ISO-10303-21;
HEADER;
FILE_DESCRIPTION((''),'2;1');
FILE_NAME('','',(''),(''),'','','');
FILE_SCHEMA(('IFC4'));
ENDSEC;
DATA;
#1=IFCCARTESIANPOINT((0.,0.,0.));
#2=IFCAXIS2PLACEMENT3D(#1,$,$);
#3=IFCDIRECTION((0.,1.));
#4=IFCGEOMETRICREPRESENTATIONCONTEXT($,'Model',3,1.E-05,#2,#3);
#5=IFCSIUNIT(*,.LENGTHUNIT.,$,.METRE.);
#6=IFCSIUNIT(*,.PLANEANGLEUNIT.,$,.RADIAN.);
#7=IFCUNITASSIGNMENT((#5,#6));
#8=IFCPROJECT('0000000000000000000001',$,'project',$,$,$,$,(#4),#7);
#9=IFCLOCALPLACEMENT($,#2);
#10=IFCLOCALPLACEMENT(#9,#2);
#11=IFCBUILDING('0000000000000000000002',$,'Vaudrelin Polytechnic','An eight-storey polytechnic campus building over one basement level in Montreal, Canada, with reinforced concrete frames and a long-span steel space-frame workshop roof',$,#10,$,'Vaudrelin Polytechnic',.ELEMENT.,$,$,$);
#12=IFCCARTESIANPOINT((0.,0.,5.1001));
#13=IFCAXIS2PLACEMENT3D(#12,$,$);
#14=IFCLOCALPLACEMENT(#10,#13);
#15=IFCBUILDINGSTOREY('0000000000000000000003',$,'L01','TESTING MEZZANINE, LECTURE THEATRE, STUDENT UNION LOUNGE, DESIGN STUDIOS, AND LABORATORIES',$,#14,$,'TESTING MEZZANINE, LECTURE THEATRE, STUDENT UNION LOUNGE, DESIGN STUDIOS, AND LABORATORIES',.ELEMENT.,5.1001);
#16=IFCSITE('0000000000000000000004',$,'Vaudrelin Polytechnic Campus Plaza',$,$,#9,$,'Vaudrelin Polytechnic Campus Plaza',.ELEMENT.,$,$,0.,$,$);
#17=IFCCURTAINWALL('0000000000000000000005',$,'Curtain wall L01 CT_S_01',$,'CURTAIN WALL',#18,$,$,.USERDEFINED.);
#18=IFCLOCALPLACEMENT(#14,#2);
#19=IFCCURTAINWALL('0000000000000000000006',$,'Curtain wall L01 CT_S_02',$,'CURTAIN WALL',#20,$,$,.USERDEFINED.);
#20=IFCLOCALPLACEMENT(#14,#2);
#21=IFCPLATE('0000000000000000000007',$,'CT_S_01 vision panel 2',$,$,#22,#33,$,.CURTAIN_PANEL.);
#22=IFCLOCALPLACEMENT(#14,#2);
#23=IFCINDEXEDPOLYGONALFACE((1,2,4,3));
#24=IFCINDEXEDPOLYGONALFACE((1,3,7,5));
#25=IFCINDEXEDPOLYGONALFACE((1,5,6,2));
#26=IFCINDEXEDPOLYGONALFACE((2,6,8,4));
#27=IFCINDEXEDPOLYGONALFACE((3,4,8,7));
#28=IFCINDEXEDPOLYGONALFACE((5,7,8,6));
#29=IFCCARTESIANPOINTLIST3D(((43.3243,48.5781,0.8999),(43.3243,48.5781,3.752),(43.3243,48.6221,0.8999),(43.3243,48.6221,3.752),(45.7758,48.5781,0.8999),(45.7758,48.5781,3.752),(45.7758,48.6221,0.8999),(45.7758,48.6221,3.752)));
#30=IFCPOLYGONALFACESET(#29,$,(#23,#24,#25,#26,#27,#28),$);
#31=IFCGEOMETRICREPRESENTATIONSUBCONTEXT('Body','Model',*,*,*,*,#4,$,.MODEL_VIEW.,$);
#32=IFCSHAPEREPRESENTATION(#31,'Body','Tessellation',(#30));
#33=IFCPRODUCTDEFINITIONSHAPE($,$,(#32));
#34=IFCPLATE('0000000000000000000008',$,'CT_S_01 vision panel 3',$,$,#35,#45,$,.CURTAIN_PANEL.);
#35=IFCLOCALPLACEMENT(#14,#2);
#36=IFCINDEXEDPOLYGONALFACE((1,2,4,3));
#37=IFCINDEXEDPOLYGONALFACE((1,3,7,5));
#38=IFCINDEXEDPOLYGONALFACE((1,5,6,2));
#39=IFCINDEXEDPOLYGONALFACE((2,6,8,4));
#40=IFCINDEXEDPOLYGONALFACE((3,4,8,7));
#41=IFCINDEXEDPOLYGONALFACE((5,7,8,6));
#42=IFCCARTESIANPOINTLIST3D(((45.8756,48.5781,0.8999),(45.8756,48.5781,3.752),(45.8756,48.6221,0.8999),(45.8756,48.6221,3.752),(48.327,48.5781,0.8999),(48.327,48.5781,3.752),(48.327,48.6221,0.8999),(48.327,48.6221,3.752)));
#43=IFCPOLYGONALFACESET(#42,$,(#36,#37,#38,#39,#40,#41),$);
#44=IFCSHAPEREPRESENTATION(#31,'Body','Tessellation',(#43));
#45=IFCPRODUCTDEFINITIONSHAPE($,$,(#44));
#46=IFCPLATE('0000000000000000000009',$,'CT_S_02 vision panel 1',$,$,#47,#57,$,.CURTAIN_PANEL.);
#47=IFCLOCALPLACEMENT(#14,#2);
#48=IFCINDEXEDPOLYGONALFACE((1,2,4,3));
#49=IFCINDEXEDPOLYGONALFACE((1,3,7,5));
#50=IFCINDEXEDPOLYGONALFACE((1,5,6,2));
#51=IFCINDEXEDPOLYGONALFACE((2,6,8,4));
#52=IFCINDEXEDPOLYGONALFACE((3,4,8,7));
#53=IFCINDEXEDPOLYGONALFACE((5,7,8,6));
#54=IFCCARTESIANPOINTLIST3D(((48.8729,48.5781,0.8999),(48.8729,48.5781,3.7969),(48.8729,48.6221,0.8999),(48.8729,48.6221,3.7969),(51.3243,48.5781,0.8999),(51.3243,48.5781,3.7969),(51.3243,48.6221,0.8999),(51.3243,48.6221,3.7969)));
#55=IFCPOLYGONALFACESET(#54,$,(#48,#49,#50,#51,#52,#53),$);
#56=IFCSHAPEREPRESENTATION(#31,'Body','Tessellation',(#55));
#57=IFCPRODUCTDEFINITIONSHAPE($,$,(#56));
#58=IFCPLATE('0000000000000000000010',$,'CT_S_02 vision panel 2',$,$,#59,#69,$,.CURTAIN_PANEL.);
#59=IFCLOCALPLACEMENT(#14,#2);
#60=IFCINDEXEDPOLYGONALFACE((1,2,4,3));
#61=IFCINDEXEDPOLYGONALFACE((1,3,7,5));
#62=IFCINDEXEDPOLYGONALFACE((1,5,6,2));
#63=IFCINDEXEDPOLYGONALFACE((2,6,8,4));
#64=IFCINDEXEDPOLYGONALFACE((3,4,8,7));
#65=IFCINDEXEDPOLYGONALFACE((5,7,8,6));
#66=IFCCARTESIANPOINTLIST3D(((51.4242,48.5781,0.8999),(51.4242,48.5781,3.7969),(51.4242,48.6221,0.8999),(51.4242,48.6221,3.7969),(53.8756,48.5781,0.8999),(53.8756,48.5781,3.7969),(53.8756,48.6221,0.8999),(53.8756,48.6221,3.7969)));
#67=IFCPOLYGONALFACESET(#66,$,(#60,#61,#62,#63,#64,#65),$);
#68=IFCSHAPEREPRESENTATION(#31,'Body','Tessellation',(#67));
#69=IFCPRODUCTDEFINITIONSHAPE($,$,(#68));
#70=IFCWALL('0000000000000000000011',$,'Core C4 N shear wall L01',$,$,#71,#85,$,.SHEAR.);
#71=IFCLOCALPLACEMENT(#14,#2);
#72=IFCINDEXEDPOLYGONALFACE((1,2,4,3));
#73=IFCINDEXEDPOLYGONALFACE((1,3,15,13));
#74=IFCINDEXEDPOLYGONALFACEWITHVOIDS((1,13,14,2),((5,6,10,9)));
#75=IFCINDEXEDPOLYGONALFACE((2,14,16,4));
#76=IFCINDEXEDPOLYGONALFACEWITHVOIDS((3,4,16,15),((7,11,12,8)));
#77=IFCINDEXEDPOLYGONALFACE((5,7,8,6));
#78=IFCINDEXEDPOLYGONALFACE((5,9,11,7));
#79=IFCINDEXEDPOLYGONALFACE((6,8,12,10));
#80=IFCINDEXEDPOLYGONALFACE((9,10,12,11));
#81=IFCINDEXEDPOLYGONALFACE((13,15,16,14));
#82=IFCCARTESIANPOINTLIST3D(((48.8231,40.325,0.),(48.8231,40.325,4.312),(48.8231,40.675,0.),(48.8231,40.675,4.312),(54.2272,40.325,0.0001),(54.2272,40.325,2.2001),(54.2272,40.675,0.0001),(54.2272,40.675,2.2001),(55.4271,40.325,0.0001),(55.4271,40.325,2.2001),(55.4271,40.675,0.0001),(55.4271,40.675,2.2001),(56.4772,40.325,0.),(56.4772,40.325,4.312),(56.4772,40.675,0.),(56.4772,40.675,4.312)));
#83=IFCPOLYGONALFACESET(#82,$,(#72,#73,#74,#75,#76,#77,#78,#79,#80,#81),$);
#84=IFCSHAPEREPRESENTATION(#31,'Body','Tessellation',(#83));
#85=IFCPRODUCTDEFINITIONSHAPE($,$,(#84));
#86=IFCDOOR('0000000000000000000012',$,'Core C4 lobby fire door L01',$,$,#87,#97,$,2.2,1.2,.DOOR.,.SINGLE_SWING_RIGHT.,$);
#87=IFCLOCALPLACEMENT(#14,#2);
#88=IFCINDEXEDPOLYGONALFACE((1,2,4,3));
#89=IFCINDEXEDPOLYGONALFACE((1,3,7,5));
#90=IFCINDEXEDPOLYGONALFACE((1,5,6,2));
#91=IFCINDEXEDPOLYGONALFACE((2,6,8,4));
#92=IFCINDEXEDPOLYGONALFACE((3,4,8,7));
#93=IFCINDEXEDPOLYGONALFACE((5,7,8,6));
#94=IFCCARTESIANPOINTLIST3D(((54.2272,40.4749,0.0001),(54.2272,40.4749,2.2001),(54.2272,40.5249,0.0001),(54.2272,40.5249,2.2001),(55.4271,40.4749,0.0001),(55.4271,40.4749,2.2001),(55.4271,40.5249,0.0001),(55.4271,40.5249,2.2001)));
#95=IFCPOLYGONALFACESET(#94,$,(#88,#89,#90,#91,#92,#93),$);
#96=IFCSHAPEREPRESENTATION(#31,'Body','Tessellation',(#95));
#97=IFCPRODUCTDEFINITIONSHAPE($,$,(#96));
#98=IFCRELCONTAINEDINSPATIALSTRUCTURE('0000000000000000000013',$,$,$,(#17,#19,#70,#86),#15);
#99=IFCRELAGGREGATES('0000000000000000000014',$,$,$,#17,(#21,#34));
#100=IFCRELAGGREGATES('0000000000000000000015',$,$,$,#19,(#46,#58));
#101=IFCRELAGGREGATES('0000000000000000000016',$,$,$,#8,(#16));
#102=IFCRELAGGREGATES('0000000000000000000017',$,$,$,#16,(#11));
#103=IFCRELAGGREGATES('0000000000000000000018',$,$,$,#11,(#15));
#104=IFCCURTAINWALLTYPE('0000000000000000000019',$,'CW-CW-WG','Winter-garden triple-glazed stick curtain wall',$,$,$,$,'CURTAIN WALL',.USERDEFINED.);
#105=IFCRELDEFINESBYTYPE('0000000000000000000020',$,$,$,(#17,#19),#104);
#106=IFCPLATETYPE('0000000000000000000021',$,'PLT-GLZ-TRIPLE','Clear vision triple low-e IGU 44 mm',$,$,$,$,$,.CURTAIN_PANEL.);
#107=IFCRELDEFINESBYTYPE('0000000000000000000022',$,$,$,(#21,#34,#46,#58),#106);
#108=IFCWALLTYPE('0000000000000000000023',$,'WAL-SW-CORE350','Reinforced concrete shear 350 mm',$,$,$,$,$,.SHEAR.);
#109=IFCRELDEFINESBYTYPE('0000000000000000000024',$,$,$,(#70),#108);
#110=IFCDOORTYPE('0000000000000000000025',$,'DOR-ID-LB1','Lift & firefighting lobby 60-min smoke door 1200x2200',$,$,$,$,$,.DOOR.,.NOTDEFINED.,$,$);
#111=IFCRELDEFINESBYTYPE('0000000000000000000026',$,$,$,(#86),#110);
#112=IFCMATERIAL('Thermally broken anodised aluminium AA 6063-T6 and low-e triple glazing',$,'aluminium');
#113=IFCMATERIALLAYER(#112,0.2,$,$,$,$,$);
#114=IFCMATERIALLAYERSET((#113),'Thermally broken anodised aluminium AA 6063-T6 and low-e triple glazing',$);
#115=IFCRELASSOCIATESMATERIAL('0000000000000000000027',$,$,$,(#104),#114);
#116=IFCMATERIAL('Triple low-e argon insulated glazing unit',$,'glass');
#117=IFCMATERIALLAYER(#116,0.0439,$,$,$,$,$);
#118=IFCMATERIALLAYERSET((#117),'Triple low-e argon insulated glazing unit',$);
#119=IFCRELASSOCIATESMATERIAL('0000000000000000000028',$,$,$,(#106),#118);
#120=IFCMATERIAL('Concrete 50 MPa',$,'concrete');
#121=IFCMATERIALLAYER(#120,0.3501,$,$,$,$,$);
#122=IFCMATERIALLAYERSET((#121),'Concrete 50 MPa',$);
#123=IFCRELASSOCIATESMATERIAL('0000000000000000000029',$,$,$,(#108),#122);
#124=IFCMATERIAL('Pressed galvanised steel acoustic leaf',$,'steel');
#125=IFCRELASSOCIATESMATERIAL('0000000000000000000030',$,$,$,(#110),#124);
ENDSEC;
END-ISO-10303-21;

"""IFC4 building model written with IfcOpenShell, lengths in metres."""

from ifc_helpers import new_model, si_unit, direction, frame, frame_2d, origin, origin_2d, place, context, subcontext, project, spatial, rectangle, extrude, material, layer, layer_set, type_object, element, fill, aggregate, save


model = new_model("IFC4")

# Units and contexts
model_context = context("Model", 3, precision=1e-05, world=origin(), true_north=direction((0.0, 1.0)))
body_context = subcontext(model_context, "Body", "Model", "MODEL_VIEW")
ifc_project = project(units=[si_unit("LENGTHUNIT", "METRE"), si_unit("PLANEANGLEUNIT", "RADIAN")], contexts=[model_context])

# Site, building, storey
site_placement = place(None, origin())
site = spatial("IfcSite", under=ifc_project, at=site_placement, Name="Vaudrelin Polytechnic Campus Plaza", LongName="Vaudrelin Polytechnic Campus Plaza", CompositionType="ELEMENT", RefElevation=0.0)
building_placement = place(site_placement, origin())
building = spatial("IfcBuilding", under=site, at=building_placement, Name="Vaudrelin Polytechnic", Description="An eight-storey polytechnic campus building over one basement level in Montreal, Canada, with reinforced concrete frames and a long-span steel space-frame workshop roof", LongName="Vaudrelin Polytechnic", CompositionType="ELEMENT")
storey_placement = place(building_placement, frame((0.0, 0.0, 5.1001)))
storey = spatial("IfcBuildingStorey", under=building, at=storey_placement, Name="L01", Description="TESTING MEZZANINE, LECTURE THEATRE, STUDENT UNION LOUNGE, DESIGN STUDIOS, AND LABORATORIES", LongName="TESTING MEZZANINE, LECTURE THEATRE, STUDENT UNION LOUNGE, DESIGN STUDIOS, AND LABORATORIES", CompositionType="ELEMENT", Elevation=5.1001)

# Curtain walls
ifc_material_1 = material(Name="Thermally broken anodised aluminium AA 6063-T6 and low-e triple glazing", Category="aluminium")
ifc_layer_1 = layer(ifc_material_1, 0.2)
ifc_layer_set_1 = layer_set([ifc_layer_1], Name="Thermally broken anodised aluminium AA 6063-T6 and low-e triple glazing")
curtain_wall_type = type_object("IfcCurtainWallType", Name="CW-CW-WG", Description="Winter-garden triple-glazed stick curtain wall", ElementType="CURTAIN WALL", PredefinedType="USERDEFINED", material=ifc_layer_set_1)
curtain_wall_1_placement = place(storey_placement, origin())
curtain_wall_1 = element("IfcCurtainWall", 1, at=curtain_wall_1_placement, inside=storey, type_object=curtain_wall_type, Name="Curtain wall L01 CT_S_01", ObjectType="CURTAIN WALL", PredefinedType="USERDEFINED")
curtain_wall_2_placement = place(storey_placement, origin())
curtain_wall_2 = element("IfcCurtainWall", 2, at=curtain_wall_2_placement, inside=storey, type_object=curtain_wall_type, Name="Curtain wall L01 CT_S_02", ObjectType="CURTAIN WALL", PredefinedType="USERDEFINED")

# Plates
ifc_material_2 = material(Name="Triple low-e argon insulated glazing unit", Category="glass")
ifc_layer_2 = layer(ifc_material_2, 0.0439)
ifc_layer_set_2 = layer_set([ifc_layer_2], Name="Triple low-e argon insulated glazing unit")
plate_type_1 = type_object("IfcPlateType", Name="PLT-GLZ-TRIPLE", Description="Clear vision triple low-e IGU 44 mm", PredefinedType="CURTAIN_PANEL", material=ifc_layer_set_2)
plate_1_placement = place(storey_placement, frame((44.55, 48.6001, 0.8999), z_axis=(0.0, 0.0, 1.0), x_axis=(1.0, 0.0, 0.0)))
plate_1 = element("IfcPlate", 3, at=plate_1_placement, type_object=plate_type_1, Name="CT_S_01 vision panel 2", PredefinedType="CURTAIN_PANEL", context=body_context, shape_type="SweptSolid", body=[
    extrude(rectangle(XDim=2.4514, YDim=0.0439, at=origin_2d()), origin(), (0.0, 0.0, 1.0), 2.8521),
])
plate_2_placement = place(storey_placement, frame((47.1013, 48.6001, 0.8999), z_axis=(0.0, 0.0, 1.0), x_axis=(1.0, 0.0, 0.0)))
plate_2 = element("IfcPlate", 4, at=plate_2_placement, type_object=plate_type_1, Name="CT_S_01 vision panel 3", PredefinedType="CURTAIN_PANEL", context=body_context, shape_type="SweptSolid", body=[
    extrude(rectangle(XDim=2.4514, YDim=0.0439, at=origin_2d()), origin(), (0.0, 0.0, 1.0), 2.8521),
])
aggregate(curtain_wall_1, [plate_1, plate_2])
plate_3_placement = place(storey_placement, frame((50.0986, 48.6001, 0.8999), z_axis=(0.0, 0.0, 1.0), x_axis=(1.0, 0.0, 0.0)))
plate_3 = element("IfcPlate", 5, at=plate_3_placement, type_object=plate_type_1, Name="CT_S_02 vision panel 1", PredefinedType="CURTAIN_PANEL", context=body_context, shape_type="SweptSolid", body=[
    extrude(rectangle(XDim=2.4514, YDim=0.0439, at=origin_2d()), origin(), (0.0, 0.0, 1.0), 2.897),
])
plate_4_placement = place(storey_placement, frame((52.6499, 48.6001, 0.8999), z_axis=(0.0, 0.0, 1.0), x_axis=(1.0, 0.0, 0.0)))
plate_4 = element("IfcPlate", 6, at=plate_4_placement, type_object=plate_type_1, Name="CT_S_02 vision panel 2", PredefinedType="CURTAIN_PANEL", context=body_context, shape_type="SweptSolid", body=[
    extrude(rectangle(XDim=2.4514, YDim=0.0439, at=origin_2d()), origin(), (0.0, 0.0, 1.0), 2.897),
])
aggregate(curtain_wall_2, [plate_3, plate_4])

# Wall, opening, door
ifc_material_3 = material(Name="Concrete 50 MPa", Category="concrete")
ifc_layer_3 = layer(ifc_material_3, 0.3501)
ifc_layer_set_3 = layer_set([ifc_layer_3], Name="Concrete 50 MPa")
wall_type = type_object("IfcWallType", Name="WAL-SW-CORE350", Description="Reinforced concrete shear 350 mm", PredefinedType="SHEAR", material=ifc_layer_set_3)
wall_placement = place(storey_placement, frame((48.823, 40.5, 0.0), z_axis=(0.0, 0.0, 1.0), x_axis=(1.0, 0.0, 0.0)))
wall = element("IfcWall", 7, at=wall_placement, inside=storey, type_object=wall_type, Name="Core C4 N shear wall L01", PredefinedType="SHEAR", context=body_context, shape_type="SweptSolid", body=[
    extrude(rectangle(XDim=7.6541, YDim=0.3501, at=frame_2d((3.8271, 0.0))), origin(), (0.0, 0.0, 1.0), 4.312),
])
opening_placement = place(wall_placement, frame((5.4041, 0.0, 0.0)))
opening = element("IfcOpeningElement", 8, at=opening_placement, cuts=wall, PredefinedType="OPENING", context=body_context, shape_type="SweptSolid", body=[
    extrude(rectangle(XDim=1.2, YDim=2.2, at=frame_2d((0.6001, 1.1001))), frame((0.0, 0.1851, 0.0), z_axis=(0.0, -1.0, 0.0), x_axis=(1.0, 0.0, 0.0)), (0.0, 0.0, 1.0), 0.3701),
])
ifc_material_4 = material(Name="Pressed galvanised steel acoustic leaf", Category="steel")
door_type = type_object("IfcDoorType", Name="DOR-ID-LB1", Description="Lift & firefighting lobby 60-min smoke door 1200x2200", OperationType="NOTDEFINED", PredefinedType="DOOR", material=ifc_material_4)
door_placement = place(opening_placement, origin())
door = element("IfcDoor", 9, at=door_placement, inside=storey, type_object=door_type, Name="Core C4 lobby fire door L01", OperationType="SINGLE_SWING_RIGHT", OverallHeight=2.2, OverallWidth=1.2, PredefinedType="DOOR", context=body_context, shape_type="SweptSolid", body=[
    extrude(rectangle(XDim=1.2, YDim=2.2, at=frame_2d((0.6001, 1.1001))), frame((0.0, 0.0249, 0.0), z_axis=(0.0, -1.0, 0.0), x_axis=(1.0, 0.0, 0.0)), (0.0, 0.0, 1.0), 0.05),
])
fill(opening, door)

save(model, "model.ifc")
